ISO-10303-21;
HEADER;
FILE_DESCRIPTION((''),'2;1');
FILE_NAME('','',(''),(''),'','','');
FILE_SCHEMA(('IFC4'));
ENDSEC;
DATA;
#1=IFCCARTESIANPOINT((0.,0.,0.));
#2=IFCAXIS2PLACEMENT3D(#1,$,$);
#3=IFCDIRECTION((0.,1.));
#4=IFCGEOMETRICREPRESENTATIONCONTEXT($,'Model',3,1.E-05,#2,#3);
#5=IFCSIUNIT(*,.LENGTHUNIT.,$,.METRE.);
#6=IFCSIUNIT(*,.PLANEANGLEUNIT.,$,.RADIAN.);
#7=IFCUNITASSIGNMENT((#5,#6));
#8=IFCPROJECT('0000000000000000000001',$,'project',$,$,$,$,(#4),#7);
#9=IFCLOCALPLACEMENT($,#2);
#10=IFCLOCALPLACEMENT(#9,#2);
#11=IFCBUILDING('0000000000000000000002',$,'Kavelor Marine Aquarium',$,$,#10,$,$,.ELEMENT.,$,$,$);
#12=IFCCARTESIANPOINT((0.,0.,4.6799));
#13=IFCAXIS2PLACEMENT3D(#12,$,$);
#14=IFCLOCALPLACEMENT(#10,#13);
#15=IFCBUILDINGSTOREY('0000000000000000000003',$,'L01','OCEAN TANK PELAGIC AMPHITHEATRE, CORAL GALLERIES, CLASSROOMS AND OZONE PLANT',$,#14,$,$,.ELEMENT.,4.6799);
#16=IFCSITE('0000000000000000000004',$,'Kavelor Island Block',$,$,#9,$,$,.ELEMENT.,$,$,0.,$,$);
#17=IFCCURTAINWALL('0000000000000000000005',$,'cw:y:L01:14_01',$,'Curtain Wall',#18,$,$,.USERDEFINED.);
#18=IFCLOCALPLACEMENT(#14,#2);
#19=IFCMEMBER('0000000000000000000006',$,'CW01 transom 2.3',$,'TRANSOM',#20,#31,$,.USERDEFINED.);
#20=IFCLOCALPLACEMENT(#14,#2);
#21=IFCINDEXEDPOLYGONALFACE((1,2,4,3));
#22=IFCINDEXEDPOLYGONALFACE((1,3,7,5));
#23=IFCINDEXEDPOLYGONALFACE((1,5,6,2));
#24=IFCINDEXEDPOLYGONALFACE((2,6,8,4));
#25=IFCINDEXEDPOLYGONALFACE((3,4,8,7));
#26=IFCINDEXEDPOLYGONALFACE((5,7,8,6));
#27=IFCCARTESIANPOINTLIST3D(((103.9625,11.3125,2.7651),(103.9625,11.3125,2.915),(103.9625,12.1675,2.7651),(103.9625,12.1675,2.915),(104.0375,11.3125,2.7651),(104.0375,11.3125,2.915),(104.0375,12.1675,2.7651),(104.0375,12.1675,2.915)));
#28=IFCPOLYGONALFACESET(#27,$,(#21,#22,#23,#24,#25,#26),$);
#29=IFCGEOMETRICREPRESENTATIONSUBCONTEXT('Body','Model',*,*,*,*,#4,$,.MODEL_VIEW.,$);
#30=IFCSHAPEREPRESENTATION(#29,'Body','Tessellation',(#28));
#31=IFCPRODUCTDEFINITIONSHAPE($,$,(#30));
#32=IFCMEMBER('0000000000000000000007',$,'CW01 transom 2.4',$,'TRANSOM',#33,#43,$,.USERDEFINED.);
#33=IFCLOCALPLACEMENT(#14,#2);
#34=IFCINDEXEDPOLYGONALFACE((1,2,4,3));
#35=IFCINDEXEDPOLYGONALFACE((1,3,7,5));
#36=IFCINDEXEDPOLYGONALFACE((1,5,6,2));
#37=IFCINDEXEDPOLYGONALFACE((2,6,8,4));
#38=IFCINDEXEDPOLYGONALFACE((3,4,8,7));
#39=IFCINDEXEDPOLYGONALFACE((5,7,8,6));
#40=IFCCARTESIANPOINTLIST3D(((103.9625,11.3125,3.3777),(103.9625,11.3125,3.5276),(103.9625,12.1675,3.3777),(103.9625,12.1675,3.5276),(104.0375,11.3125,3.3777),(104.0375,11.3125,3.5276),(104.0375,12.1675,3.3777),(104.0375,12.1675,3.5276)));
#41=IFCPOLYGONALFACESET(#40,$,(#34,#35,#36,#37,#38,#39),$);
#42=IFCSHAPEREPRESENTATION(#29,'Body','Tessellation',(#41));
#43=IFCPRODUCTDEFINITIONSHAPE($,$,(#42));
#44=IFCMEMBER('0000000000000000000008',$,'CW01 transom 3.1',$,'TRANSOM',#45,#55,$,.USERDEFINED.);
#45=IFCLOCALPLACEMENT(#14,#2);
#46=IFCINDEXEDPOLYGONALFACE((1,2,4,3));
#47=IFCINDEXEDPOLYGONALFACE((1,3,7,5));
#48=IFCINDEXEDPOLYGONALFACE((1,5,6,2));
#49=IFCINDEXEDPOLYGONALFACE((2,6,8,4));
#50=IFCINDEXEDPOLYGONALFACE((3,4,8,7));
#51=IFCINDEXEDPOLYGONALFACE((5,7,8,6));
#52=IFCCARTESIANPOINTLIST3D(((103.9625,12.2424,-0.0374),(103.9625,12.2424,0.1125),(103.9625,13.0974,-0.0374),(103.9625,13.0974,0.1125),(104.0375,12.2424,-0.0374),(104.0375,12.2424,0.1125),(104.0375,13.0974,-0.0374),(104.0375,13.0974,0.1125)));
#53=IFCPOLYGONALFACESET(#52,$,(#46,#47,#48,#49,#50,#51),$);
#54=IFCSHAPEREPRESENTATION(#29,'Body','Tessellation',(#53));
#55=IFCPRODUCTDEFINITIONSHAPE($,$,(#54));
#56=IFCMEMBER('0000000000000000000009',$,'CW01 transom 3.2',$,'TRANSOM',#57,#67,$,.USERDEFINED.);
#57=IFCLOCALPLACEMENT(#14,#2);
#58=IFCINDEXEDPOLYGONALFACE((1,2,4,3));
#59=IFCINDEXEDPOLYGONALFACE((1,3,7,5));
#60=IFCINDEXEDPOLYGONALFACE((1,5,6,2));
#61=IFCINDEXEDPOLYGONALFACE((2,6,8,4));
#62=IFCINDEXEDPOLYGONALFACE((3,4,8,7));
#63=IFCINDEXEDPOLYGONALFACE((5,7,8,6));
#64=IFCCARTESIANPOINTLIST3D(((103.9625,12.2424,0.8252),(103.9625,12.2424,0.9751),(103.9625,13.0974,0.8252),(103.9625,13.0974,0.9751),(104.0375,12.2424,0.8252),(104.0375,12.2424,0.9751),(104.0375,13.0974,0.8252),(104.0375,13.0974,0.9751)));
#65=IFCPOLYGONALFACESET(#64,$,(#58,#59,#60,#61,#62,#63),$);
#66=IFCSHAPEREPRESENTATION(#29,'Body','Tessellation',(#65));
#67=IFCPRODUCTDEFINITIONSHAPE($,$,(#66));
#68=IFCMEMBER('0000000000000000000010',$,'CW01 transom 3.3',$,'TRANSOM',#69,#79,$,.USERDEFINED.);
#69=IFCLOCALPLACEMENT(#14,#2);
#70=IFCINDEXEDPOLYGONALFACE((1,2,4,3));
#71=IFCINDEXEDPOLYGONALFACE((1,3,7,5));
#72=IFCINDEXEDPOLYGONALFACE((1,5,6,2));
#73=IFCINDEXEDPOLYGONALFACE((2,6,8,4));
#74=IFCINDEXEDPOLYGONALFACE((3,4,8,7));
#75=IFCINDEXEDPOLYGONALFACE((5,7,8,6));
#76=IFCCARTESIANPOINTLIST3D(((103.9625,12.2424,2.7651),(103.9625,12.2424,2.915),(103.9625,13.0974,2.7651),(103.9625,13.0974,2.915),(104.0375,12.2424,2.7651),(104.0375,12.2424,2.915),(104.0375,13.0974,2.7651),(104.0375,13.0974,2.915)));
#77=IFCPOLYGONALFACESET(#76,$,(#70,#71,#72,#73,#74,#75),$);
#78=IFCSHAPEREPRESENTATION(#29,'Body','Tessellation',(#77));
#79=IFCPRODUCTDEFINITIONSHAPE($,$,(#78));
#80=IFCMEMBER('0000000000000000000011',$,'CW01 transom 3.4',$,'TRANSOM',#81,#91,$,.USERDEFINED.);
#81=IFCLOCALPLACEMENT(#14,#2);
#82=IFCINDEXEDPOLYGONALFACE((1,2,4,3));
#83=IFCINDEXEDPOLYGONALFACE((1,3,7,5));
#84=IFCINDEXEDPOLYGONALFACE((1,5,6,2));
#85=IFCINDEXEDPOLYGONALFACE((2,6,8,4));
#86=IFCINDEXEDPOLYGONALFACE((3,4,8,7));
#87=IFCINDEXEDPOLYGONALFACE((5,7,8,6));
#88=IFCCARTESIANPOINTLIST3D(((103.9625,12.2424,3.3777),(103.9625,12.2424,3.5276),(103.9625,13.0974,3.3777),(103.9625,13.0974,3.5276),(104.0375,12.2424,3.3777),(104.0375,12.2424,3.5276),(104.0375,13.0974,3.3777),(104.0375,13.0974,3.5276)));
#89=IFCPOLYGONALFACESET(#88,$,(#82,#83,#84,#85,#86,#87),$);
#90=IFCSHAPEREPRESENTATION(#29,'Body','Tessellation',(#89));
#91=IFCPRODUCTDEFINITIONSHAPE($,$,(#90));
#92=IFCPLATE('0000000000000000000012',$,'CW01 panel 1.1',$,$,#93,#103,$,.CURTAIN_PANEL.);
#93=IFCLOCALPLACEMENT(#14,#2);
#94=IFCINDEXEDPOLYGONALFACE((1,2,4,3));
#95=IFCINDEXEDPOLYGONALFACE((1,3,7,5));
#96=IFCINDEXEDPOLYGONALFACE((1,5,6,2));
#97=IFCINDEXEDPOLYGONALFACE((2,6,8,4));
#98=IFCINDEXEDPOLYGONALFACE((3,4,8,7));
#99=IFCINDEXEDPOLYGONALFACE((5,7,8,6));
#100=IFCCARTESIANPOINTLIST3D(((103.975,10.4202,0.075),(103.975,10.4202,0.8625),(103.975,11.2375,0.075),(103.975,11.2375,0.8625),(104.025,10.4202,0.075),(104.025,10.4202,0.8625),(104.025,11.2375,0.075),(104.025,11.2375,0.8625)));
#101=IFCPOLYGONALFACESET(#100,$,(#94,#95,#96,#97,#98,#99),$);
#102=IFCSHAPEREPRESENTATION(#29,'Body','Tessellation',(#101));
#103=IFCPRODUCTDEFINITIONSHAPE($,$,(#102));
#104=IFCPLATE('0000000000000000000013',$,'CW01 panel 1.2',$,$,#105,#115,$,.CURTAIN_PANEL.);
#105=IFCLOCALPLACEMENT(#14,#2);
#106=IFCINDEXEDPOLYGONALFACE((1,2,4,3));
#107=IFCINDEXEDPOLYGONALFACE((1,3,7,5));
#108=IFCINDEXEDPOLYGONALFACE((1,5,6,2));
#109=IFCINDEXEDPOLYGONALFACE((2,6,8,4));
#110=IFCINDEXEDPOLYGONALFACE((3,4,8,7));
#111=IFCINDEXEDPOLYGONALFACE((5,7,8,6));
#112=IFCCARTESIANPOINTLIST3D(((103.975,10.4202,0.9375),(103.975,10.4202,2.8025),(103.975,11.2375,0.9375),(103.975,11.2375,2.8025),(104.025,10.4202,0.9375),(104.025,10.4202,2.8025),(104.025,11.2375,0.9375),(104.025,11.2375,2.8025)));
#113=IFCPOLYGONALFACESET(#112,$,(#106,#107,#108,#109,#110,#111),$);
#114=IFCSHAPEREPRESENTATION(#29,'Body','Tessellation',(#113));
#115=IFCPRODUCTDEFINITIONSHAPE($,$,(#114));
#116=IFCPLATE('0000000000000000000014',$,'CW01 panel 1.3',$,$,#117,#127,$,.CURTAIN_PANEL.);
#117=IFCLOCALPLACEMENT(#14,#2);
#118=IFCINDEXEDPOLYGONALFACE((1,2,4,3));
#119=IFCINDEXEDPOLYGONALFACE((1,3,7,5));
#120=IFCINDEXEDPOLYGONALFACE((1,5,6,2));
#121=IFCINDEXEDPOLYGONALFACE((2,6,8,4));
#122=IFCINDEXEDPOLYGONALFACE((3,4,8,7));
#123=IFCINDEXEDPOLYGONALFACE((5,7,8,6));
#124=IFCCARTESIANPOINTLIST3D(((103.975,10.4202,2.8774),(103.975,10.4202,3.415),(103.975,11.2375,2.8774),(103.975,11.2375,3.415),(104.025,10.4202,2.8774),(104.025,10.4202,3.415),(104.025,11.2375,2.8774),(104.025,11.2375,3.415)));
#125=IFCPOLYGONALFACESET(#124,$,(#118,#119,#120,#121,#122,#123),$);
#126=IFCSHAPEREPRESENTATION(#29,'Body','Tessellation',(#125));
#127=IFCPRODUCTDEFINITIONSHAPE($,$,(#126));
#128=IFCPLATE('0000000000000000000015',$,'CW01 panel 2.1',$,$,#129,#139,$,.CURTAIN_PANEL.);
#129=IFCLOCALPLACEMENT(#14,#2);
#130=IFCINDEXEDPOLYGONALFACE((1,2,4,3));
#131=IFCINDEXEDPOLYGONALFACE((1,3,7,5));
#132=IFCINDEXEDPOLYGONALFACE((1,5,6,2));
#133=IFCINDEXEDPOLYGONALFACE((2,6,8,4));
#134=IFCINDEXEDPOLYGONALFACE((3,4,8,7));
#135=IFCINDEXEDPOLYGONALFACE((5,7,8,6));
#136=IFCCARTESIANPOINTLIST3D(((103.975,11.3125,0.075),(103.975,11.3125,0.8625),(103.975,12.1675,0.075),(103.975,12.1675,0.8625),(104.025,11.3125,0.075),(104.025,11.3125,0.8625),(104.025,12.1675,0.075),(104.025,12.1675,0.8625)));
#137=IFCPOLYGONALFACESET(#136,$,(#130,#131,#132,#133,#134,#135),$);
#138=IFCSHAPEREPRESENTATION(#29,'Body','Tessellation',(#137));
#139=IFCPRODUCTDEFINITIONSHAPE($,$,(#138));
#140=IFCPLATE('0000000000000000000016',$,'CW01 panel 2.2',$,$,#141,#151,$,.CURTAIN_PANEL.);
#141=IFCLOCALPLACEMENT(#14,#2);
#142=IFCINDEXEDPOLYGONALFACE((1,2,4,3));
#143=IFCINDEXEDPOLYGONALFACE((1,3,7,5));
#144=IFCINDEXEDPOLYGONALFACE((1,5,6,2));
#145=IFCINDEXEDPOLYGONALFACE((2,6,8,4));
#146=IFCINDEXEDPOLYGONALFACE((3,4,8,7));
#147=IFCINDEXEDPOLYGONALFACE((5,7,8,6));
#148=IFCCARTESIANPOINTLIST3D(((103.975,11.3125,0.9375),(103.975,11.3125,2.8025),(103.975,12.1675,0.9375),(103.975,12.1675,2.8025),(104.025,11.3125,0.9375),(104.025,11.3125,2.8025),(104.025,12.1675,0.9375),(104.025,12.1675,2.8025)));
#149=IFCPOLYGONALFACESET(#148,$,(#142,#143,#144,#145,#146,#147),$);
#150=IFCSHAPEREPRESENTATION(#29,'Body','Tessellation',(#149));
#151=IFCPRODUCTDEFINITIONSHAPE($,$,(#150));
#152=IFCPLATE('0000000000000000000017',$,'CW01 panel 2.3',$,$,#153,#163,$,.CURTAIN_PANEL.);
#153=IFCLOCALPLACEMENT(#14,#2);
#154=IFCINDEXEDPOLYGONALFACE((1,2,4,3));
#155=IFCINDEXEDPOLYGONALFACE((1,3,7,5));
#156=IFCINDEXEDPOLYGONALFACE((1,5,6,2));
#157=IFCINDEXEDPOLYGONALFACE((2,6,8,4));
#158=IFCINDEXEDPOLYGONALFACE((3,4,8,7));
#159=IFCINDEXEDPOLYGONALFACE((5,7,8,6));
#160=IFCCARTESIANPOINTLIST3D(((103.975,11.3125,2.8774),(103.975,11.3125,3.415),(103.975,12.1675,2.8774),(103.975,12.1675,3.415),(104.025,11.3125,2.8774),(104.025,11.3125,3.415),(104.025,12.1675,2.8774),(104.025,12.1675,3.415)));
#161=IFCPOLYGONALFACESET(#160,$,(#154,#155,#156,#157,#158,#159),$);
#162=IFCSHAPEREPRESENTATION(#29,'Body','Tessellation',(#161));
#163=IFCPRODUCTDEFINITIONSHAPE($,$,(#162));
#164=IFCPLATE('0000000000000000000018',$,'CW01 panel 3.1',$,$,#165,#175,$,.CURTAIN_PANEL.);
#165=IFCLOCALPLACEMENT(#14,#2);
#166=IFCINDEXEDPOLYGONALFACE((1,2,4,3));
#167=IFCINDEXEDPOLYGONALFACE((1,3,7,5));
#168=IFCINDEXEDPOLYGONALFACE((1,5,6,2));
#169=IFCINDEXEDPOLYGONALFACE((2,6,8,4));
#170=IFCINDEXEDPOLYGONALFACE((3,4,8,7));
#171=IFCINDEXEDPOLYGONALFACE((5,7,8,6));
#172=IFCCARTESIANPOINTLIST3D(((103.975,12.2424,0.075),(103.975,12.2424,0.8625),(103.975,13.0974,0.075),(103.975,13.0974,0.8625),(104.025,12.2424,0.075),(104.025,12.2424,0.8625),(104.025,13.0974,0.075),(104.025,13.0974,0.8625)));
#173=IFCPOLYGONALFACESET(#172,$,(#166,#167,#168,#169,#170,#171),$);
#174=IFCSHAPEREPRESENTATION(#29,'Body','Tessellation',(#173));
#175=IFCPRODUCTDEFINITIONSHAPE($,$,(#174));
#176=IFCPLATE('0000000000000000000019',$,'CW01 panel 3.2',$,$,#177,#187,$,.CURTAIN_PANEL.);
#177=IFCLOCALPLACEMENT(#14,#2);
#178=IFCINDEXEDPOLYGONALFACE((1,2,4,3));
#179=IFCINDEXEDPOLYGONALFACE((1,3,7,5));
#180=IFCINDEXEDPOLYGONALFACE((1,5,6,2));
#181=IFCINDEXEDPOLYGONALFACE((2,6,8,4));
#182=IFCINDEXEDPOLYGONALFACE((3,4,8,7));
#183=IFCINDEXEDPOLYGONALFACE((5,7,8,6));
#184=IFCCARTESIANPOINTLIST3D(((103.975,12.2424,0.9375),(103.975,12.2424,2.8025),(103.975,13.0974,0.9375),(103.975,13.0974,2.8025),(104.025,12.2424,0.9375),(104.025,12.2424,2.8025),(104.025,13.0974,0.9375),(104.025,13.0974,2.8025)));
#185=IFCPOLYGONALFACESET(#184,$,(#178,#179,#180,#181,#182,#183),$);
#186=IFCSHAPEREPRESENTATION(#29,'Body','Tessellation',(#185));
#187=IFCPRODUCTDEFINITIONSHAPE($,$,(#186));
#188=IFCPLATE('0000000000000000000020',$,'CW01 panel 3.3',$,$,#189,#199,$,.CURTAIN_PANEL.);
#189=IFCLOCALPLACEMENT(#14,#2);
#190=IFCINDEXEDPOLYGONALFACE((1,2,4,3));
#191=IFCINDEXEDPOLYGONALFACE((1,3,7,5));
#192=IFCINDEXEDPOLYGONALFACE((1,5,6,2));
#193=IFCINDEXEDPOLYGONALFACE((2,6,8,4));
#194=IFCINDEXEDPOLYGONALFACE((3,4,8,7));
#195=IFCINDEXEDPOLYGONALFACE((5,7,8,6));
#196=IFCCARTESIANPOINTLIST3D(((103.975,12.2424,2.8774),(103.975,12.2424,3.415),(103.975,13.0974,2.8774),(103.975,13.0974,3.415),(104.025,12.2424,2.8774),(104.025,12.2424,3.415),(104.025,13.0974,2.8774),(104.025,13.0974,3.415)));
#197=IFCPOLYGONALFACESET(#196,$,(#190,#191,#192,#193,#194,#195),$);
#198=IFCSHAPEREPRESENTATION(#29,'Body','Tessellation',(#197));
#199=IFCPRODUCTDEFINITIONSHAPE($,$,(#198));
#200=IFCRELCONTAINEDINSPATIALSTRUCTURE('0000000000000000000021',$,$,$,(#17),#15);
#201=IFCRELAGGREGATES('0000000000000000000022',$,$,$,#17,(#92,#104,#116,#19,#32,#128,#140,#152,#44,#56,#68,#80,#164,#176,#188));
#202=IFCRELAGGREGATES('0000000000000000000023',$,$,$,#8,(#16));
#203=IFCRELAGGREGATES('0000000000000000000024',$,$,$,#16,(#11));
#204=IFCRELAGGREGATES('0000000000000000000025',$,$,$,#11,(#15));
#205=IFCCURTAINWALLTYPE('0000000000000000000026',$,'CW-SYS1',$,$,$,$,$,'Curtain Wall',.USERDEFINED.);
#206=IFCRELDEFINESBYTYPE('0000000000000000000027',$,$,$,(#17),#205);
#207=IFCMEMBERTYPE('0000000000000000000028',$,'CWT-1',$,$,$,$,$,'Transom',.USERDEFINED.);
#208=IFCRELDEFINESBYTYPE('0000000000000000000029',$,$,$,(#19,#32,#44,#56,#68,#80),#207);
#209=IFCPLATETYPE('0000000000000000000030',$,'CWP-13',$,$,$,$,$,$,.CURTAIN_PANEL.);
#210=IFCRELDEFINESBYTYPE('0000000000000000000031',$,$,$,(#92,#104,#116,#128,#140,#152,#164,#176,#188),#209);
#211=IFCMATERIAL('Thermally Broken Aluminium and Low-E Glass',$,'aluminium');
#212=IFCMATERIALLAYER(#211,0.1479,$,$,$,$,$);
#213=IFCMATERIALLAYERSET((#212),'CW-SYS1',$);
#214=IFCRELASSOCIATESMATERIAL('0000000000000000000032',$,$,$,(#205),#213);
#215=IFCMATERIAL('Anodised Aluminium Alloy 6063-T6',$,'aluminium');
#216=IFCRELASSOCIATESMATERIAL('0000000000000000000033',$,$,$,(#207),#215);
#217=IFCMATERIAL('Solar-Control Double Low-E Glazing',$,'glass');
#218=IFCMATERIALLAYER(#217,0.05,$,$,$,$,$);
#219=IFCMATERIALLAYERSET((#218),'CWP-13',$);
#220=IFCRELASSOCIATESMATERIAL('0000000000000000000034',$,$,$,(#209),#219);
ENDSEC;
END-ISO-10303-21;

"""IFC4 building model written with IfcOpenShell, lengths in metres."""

from ifc_helpers import new_model, si_unit, direction, frame, origin, origin_2d, place, context, subcontext, project, spatial, rectangle, extrude, material, layer, layer_set, material_profile, profile_set, type_object, element, aggregate, save


model = new_model("IFC4")

# Units and contexts
model_context = context("Model", 3, precision=1e-05, world=origin(), true_north=direction((0.0, 1.0)))
body_context = subcontext(model_context, "Body", "Model", "MODEL_VIEW")
ifc_project = project(units=[si_unit("LENGTHUNIT", "METRE"), si_unit("PLANEANGLEUNIT", "RADIAN")], contexts=[model_context])

# Site, building, storey
site_placement = place(None, origin())
site = spatial("IfcSite", under=ifc_project, at=site_placement, Name="Kavelor Island Block", CompositionType="ELEMENT", RefElevation=0.0)
building_placement = place(site_placement, origin())
building = spatial("IfcBuilding", under=site, at=building_placement, Name="Kavelor Marine Aquarium", CompositionType="ELEMENT")
storey_placement = place(building_placement, frame((0.0, 0.0, 4.6799)))
storey = spatial("IfcBuildingStorey", under=building, at=storey_placement, Name="L01", Description="OCEAN TANK PELAGIC AMPHITHEATRE, CORAL GALLERIES, CLASSROOMS AND OZONE PLANT", CompositionType="ELEMENT", Elevation=4.6799)

# Curtain wall, members, plates
ifc_material_1 = material(Name="Thermally Broken Aluminium and Low-E Glass", Category="aluminium")
ifc_layer_1 = layer(ifc_material_1, 0.1479)
ifc_layer_set_1 = layer_set([ifc_layer_1], Name="CW-SYS1")
curtain_wall_type = type_object("IfcCurtainWallType", Name="CW-SYS1", ElementType="Curtain Wall", PredefinedType="USERDEFINED", material=ifc_layer_set_1)
curtain_wall_placement = place(storey_placement, origin())
curtain_wall = element("IfcCurtainWall", 1, at=curtain_wall_placement, inside=storey, type_object=curtain_wall_type, Name="cw:y:L01:14_01", ObjectType="Curtain Wall", PredefinedType="USERDEFINED")
ifc_material_2 = material(Name="Anodised Aluminium Alloy 6063-T6", Category="aluminium")
ifc_material_profile_1 = material_profile(ifc_material_2, rectangle(XDim=0.075, YDim=0.1499, at=origin_2d()), Name="CW-TRN 75x150")
ifc_profile_set_1 = profile_set([ifc_material_profile_1], Name="Anodised Aluminium Alloy 6063-T6")
member_type_1 = type_object("IfcMemberType", Name="CWT-1", ElementType="Transom", PredefinedType="USERDEFINED", material=ifc_profile_set_1)
member_1_placement = place(storey_placement, frame((104.0, 11.3125, 2.8401), z_axis=(0.0, 1.0, 0.0), x_axis=(-1.0, 0.0, 0.0)))
member_1 = element("IfcMember", 2, at=member_1_placement, type_object=member_type_1, Name="CW01 transom 2.3", ObjectType="TRANSOM", PredefinedType="USERDEFINED", context=body_context, shape_type="SweptSolid", body=[
    extrude(rectangle(XDim=0.075, YDim=0.1499, at=origin_2d()), origin(), (0.0, 0.0, 1.0), 0.855),
])
member_2_placement = place(storey_placement, frame((104.0, 11.3125, 3.4526), z_axis=(0.0, 1.0, 0.0), x_axis=(-1.0, 0.0, 0.0)))
member_2 = element("IfcMember", 3, at=member_2_placement, type_object=member_type_1, Name="CW01 transom 2.4", ObjectType="TRANSOM", PredefinedType="USERDEFINED", context=body_context, shape_type="SweptSolid", body=[
    extrude(rectangle(XDim=0.075, YDim=0.1499, at=origin_2d()), origin(), (0.0, 0.0, 1.0), 0.855),
])
member_3_placement = place(storey_placement, frame((104.0, 12.2424, 0.0376), z_axis=(0.0, 1.0, 0.0), x_axis=(-1.0, 0.0, 0.0)))
member_3 = element("IfcMember", 4, at=member_3_placement, type_object=member_type_1, Name="CW01 transom 3.1", ObjectType="TRANSOM", PredefinedType="USERDEFINED", context=body_context, shape_type="SweptSolid", body=[
    extrude(rectangle(XDim=0.075, YDim=0.1499, at=origin_2d()), origin(), (0.0, 0.0, 1.0), 0.855),
])
member_4_placement = place(storey_placement, frame((104.0, 12.2424, 0.9001), z_axis=(0.0, 1.0, 0.0), x_axis=(-1.0, 0.0, 0.0)))
member_4 = element("IfcMember", 5, at=member_4_placement, type_object=member_type_1, Name="CW01 transom 3.2", ObjectType="TRANSOM", PredefinedType="USERDEFINED", context=body_context, shape_type="SweptSolid", body=[
    extrude(rectangle(XDim=0.075, YDim=0.1499, at=origin_2d()), origin(), (0.0, 0.0, 1.0), 0.855),
])
member_5_placement = place(storey_placement, frame((104.0, 12.2424, 2.8401), z_axis=(0.0, 1.0, 0.0), x_axis=(-1.0, 0.0, 0.0)))
member_5 = element("IfcMember", 6, at=member_5_placement, type_object=member_type_1, Name="CW01 transom 3.3", ObjectType="TRANSOM", PredefinedType="USERDEFINED", context=body_context, shape_type="SweptSolid", body=[
    extrude(rectangle(XDim=0.075, YDim=0.1499, at=origin_2d()), origin(), (0.0, 0.0, 1.0), 0.855),
])
member_6_placement = place(storey_placement, frame((104.0, 12.2424, 3.4526), z_axis=(0.0, 1.0, 0.0), x_axis=(-1.0, 0.0, 0.0)))
member_6 = element("IfcMember", 7, at=member_6_placement, type_object=member_type_1, Name="CW01 transom 3.4", ObjectType="TRANSOM", PredefinedType="USERDEFINED", context=body_context, shape_type="SweptSolid", body=[
    extrude(rectangle(XDim=0.075, YDim=0.1499, at=origin_2d()), origin(), (0.0, 0.0, 1.0), 0.855),
])
ifc_material_3 = material(Name="Solar-Control Double Low-E Glazing", Category="glass")
ifc_layer_2 = layer(ifc_material_3, 0.05)
ifc_layer_set_2 = layer_set([ifc_layer_2], Name="CWP-13")
plate_type = type_object("IfcPlateType", Name="CWP-13", PredefinedType="CURTAIN_PANEL", material=ifc_layer_set_2)
plate_1_placement = place(storey_placement, frame((104.0, 10.8289, 0.075), z_axis=(0.0, 0.0, 1.0), x_axis=(0.0, 1.0, 0.0)))
plate_1 = element("IfcPlate", 8, at=plate_1_placement, type_object=plate_type, Name="CW01 panel 1.1", PredefinedType="CURTAIN_PANEL", context=body_context, shape_type="SweptSolid", body=[
    extrude(rectangle(XDim=0.8174, YDim=0.05, at=origin_2d()), origin(), (0.0, 0.0, 1.0), 0.7876),
])
plate_2_placement = place(storey_placement, frame((104.0, 10.8289, 0.9375), z_axis=(0.0, 0.0, 1.0), x_axis=(0.0, 1.0, 0.0)))
plate_2 = element("IfcPlate", 9, at=plate_2_placement, type_object=plate_type, Name="CW01 panel 1.2", PredefinedType="CURTAIN_PANEL", context=body_context, shape_type="SweptSolid", body=[
    extrude(rectangle(XDim=0.8174, YDim=0.05, at=origin_2d()), origin(), (0.0, 0.0, 1.0), 1.865),
])
plate_3_placement = place(storey_placement, frame((104.0, 10.8289, 2.8774), z_axis=(0.0, 0.0, 1.0), x_axis=(0.0, 1.0, 0.0)))
plate_3 = element("IfcPlate", 10, at=plate_3_placement, type_object=plate_type, Name="CW01 panel 1.3", PredefinedType="CURTAIN_PANEL", context=body_context, shape_type="SweptSolid", body=[
    extrude(rectangle(XDim=0.8174, YDim=0.05, at=origin_2d()), origin(), (0.0, 0.0, 1.0), 0.5376),
])
plate_4_placement = place(storey_placement, frame((104.0, 11.74, 0.075), z_axis=(0.0, 0.0, 1.0), x_axis=(0.0, 1.0, 0.0)))
plate_4 = element("IfcPlate", 11, at=plate_4_placement, type_object=plate_type, Name="CW01 panel 2.1", PredefinedType="CURTAIN_PANEL", context=body_context, shape_type="SweptSolid", body=[
    extrude(rectangle(XDim=0.855, YDim=0.05, at=origin_2d()), origin(), (0.0, 0.0, 1.0), 0.7876),
])
plate_5_placement = place(storey_placement, frame((104.0, 11.74, 0.9375), z_axis=(0.0, 0.0, 1.0), x_axis=(0.0, 1.0, 0.0)))
plate_5 = element("IfcPlate", 12, at=plate_5_placement, type_object=plate_type, Name="CW01 panel 2.2", PredefinedType="CURTAIN_PANEL", context=body_context, shape_type="SweptSolid", body=[
    extrude(rectangle(XDim=0.855, YDim=0.05, at=origin_2d()), origin(), (0.0, 0.0, 1.0), 1.865),
])
plate_6_placement = place(storey_placement, frame((104.0, 11.74, 2.8774), z_axis=(0.0, 0.0, 1.0), x_axis=(0.0, 1.0, 0.0)))
plate_6 = element("IfcPlate", 13, at=plate_6_placement, type_object=plate_type, Name="CW01 panel 2.3", PredefinedType="CURTAIN_PANEL", context=body_context, shape_type="SweptSolid", body=[
    extrude(rectangle(XDim=0.855, YDim=0.05, at=origin_2d()), origin(), (0.0, 0.0, 1.0), 0.5376),
])
plate_7_placement = place(storey_placement, frame((104.0, 12.6699, 0.075), z_axis=(0.0, 0.0, 1.0), x_axis=(0.0, 1.0, 0.0)))
plate_7 = element("IfcPlate", 14, at=plate_7_placement, type_object=plate_type, Name="CW01 panel 3.1", PredefinedType="CURTAIN_PANEL", context=body_context, shape_type="SweptSolid", body=[
    extrude(rectangle(XDim=0.855, YDim=0.05, at=origin_2d()), origin(), (0.0, 0.0, 1.0), 0.7876),
])
plate_8_placement = place(storey_placement, frame((104.0, 12.6699, 0.9375), z_axis=(0.0, 0.0, 1.0), x_axis=(0.0, 1.0, 0.0)))
plate_8 = element("IfcPlate", 15, at=plate_8_placement, type_object=plate_type, Name="CW01 panel 3.2", PredefinedType="CURTAIN_PANEL", context=body_context, shape_type="SweptSolid", body=[
    extrude(rectangle(XDim=0.855, YDim=0.05, at=origin_2d()), origin(), (0.0, 0.0, 1.0), 1.865),
])
plate_9_placement = place(storey_placement, frame((104.0, 12.6699, 2.8774), z_axis=(0.0, 0.0, 1.0), x_axis=(0.0, 1.0, 0.0)))
plate_9 = element("IfcPlate", 16, at=plate_9_placement, type_object=plate_type, Name="CW01 panel 3.3", PredefinedType="CURTAIN_PANEL", context=body_context, shape_type="SweptSolid", body=[
    extrude(rectangle(XDim=0.855, YDim=0.05, at=origin_2d()), origin(), (0.0, 0.0, 1.0), 0.5376),
])
aggregate(curtain_wall, [plate_1, plate_2, plate_3, member_1, member_2, plate_4, plate_5, plate_6, member_3, member_4, member_5, member_6, plate_7, plate_8, plate_9])

save(model, "model.ifc")
